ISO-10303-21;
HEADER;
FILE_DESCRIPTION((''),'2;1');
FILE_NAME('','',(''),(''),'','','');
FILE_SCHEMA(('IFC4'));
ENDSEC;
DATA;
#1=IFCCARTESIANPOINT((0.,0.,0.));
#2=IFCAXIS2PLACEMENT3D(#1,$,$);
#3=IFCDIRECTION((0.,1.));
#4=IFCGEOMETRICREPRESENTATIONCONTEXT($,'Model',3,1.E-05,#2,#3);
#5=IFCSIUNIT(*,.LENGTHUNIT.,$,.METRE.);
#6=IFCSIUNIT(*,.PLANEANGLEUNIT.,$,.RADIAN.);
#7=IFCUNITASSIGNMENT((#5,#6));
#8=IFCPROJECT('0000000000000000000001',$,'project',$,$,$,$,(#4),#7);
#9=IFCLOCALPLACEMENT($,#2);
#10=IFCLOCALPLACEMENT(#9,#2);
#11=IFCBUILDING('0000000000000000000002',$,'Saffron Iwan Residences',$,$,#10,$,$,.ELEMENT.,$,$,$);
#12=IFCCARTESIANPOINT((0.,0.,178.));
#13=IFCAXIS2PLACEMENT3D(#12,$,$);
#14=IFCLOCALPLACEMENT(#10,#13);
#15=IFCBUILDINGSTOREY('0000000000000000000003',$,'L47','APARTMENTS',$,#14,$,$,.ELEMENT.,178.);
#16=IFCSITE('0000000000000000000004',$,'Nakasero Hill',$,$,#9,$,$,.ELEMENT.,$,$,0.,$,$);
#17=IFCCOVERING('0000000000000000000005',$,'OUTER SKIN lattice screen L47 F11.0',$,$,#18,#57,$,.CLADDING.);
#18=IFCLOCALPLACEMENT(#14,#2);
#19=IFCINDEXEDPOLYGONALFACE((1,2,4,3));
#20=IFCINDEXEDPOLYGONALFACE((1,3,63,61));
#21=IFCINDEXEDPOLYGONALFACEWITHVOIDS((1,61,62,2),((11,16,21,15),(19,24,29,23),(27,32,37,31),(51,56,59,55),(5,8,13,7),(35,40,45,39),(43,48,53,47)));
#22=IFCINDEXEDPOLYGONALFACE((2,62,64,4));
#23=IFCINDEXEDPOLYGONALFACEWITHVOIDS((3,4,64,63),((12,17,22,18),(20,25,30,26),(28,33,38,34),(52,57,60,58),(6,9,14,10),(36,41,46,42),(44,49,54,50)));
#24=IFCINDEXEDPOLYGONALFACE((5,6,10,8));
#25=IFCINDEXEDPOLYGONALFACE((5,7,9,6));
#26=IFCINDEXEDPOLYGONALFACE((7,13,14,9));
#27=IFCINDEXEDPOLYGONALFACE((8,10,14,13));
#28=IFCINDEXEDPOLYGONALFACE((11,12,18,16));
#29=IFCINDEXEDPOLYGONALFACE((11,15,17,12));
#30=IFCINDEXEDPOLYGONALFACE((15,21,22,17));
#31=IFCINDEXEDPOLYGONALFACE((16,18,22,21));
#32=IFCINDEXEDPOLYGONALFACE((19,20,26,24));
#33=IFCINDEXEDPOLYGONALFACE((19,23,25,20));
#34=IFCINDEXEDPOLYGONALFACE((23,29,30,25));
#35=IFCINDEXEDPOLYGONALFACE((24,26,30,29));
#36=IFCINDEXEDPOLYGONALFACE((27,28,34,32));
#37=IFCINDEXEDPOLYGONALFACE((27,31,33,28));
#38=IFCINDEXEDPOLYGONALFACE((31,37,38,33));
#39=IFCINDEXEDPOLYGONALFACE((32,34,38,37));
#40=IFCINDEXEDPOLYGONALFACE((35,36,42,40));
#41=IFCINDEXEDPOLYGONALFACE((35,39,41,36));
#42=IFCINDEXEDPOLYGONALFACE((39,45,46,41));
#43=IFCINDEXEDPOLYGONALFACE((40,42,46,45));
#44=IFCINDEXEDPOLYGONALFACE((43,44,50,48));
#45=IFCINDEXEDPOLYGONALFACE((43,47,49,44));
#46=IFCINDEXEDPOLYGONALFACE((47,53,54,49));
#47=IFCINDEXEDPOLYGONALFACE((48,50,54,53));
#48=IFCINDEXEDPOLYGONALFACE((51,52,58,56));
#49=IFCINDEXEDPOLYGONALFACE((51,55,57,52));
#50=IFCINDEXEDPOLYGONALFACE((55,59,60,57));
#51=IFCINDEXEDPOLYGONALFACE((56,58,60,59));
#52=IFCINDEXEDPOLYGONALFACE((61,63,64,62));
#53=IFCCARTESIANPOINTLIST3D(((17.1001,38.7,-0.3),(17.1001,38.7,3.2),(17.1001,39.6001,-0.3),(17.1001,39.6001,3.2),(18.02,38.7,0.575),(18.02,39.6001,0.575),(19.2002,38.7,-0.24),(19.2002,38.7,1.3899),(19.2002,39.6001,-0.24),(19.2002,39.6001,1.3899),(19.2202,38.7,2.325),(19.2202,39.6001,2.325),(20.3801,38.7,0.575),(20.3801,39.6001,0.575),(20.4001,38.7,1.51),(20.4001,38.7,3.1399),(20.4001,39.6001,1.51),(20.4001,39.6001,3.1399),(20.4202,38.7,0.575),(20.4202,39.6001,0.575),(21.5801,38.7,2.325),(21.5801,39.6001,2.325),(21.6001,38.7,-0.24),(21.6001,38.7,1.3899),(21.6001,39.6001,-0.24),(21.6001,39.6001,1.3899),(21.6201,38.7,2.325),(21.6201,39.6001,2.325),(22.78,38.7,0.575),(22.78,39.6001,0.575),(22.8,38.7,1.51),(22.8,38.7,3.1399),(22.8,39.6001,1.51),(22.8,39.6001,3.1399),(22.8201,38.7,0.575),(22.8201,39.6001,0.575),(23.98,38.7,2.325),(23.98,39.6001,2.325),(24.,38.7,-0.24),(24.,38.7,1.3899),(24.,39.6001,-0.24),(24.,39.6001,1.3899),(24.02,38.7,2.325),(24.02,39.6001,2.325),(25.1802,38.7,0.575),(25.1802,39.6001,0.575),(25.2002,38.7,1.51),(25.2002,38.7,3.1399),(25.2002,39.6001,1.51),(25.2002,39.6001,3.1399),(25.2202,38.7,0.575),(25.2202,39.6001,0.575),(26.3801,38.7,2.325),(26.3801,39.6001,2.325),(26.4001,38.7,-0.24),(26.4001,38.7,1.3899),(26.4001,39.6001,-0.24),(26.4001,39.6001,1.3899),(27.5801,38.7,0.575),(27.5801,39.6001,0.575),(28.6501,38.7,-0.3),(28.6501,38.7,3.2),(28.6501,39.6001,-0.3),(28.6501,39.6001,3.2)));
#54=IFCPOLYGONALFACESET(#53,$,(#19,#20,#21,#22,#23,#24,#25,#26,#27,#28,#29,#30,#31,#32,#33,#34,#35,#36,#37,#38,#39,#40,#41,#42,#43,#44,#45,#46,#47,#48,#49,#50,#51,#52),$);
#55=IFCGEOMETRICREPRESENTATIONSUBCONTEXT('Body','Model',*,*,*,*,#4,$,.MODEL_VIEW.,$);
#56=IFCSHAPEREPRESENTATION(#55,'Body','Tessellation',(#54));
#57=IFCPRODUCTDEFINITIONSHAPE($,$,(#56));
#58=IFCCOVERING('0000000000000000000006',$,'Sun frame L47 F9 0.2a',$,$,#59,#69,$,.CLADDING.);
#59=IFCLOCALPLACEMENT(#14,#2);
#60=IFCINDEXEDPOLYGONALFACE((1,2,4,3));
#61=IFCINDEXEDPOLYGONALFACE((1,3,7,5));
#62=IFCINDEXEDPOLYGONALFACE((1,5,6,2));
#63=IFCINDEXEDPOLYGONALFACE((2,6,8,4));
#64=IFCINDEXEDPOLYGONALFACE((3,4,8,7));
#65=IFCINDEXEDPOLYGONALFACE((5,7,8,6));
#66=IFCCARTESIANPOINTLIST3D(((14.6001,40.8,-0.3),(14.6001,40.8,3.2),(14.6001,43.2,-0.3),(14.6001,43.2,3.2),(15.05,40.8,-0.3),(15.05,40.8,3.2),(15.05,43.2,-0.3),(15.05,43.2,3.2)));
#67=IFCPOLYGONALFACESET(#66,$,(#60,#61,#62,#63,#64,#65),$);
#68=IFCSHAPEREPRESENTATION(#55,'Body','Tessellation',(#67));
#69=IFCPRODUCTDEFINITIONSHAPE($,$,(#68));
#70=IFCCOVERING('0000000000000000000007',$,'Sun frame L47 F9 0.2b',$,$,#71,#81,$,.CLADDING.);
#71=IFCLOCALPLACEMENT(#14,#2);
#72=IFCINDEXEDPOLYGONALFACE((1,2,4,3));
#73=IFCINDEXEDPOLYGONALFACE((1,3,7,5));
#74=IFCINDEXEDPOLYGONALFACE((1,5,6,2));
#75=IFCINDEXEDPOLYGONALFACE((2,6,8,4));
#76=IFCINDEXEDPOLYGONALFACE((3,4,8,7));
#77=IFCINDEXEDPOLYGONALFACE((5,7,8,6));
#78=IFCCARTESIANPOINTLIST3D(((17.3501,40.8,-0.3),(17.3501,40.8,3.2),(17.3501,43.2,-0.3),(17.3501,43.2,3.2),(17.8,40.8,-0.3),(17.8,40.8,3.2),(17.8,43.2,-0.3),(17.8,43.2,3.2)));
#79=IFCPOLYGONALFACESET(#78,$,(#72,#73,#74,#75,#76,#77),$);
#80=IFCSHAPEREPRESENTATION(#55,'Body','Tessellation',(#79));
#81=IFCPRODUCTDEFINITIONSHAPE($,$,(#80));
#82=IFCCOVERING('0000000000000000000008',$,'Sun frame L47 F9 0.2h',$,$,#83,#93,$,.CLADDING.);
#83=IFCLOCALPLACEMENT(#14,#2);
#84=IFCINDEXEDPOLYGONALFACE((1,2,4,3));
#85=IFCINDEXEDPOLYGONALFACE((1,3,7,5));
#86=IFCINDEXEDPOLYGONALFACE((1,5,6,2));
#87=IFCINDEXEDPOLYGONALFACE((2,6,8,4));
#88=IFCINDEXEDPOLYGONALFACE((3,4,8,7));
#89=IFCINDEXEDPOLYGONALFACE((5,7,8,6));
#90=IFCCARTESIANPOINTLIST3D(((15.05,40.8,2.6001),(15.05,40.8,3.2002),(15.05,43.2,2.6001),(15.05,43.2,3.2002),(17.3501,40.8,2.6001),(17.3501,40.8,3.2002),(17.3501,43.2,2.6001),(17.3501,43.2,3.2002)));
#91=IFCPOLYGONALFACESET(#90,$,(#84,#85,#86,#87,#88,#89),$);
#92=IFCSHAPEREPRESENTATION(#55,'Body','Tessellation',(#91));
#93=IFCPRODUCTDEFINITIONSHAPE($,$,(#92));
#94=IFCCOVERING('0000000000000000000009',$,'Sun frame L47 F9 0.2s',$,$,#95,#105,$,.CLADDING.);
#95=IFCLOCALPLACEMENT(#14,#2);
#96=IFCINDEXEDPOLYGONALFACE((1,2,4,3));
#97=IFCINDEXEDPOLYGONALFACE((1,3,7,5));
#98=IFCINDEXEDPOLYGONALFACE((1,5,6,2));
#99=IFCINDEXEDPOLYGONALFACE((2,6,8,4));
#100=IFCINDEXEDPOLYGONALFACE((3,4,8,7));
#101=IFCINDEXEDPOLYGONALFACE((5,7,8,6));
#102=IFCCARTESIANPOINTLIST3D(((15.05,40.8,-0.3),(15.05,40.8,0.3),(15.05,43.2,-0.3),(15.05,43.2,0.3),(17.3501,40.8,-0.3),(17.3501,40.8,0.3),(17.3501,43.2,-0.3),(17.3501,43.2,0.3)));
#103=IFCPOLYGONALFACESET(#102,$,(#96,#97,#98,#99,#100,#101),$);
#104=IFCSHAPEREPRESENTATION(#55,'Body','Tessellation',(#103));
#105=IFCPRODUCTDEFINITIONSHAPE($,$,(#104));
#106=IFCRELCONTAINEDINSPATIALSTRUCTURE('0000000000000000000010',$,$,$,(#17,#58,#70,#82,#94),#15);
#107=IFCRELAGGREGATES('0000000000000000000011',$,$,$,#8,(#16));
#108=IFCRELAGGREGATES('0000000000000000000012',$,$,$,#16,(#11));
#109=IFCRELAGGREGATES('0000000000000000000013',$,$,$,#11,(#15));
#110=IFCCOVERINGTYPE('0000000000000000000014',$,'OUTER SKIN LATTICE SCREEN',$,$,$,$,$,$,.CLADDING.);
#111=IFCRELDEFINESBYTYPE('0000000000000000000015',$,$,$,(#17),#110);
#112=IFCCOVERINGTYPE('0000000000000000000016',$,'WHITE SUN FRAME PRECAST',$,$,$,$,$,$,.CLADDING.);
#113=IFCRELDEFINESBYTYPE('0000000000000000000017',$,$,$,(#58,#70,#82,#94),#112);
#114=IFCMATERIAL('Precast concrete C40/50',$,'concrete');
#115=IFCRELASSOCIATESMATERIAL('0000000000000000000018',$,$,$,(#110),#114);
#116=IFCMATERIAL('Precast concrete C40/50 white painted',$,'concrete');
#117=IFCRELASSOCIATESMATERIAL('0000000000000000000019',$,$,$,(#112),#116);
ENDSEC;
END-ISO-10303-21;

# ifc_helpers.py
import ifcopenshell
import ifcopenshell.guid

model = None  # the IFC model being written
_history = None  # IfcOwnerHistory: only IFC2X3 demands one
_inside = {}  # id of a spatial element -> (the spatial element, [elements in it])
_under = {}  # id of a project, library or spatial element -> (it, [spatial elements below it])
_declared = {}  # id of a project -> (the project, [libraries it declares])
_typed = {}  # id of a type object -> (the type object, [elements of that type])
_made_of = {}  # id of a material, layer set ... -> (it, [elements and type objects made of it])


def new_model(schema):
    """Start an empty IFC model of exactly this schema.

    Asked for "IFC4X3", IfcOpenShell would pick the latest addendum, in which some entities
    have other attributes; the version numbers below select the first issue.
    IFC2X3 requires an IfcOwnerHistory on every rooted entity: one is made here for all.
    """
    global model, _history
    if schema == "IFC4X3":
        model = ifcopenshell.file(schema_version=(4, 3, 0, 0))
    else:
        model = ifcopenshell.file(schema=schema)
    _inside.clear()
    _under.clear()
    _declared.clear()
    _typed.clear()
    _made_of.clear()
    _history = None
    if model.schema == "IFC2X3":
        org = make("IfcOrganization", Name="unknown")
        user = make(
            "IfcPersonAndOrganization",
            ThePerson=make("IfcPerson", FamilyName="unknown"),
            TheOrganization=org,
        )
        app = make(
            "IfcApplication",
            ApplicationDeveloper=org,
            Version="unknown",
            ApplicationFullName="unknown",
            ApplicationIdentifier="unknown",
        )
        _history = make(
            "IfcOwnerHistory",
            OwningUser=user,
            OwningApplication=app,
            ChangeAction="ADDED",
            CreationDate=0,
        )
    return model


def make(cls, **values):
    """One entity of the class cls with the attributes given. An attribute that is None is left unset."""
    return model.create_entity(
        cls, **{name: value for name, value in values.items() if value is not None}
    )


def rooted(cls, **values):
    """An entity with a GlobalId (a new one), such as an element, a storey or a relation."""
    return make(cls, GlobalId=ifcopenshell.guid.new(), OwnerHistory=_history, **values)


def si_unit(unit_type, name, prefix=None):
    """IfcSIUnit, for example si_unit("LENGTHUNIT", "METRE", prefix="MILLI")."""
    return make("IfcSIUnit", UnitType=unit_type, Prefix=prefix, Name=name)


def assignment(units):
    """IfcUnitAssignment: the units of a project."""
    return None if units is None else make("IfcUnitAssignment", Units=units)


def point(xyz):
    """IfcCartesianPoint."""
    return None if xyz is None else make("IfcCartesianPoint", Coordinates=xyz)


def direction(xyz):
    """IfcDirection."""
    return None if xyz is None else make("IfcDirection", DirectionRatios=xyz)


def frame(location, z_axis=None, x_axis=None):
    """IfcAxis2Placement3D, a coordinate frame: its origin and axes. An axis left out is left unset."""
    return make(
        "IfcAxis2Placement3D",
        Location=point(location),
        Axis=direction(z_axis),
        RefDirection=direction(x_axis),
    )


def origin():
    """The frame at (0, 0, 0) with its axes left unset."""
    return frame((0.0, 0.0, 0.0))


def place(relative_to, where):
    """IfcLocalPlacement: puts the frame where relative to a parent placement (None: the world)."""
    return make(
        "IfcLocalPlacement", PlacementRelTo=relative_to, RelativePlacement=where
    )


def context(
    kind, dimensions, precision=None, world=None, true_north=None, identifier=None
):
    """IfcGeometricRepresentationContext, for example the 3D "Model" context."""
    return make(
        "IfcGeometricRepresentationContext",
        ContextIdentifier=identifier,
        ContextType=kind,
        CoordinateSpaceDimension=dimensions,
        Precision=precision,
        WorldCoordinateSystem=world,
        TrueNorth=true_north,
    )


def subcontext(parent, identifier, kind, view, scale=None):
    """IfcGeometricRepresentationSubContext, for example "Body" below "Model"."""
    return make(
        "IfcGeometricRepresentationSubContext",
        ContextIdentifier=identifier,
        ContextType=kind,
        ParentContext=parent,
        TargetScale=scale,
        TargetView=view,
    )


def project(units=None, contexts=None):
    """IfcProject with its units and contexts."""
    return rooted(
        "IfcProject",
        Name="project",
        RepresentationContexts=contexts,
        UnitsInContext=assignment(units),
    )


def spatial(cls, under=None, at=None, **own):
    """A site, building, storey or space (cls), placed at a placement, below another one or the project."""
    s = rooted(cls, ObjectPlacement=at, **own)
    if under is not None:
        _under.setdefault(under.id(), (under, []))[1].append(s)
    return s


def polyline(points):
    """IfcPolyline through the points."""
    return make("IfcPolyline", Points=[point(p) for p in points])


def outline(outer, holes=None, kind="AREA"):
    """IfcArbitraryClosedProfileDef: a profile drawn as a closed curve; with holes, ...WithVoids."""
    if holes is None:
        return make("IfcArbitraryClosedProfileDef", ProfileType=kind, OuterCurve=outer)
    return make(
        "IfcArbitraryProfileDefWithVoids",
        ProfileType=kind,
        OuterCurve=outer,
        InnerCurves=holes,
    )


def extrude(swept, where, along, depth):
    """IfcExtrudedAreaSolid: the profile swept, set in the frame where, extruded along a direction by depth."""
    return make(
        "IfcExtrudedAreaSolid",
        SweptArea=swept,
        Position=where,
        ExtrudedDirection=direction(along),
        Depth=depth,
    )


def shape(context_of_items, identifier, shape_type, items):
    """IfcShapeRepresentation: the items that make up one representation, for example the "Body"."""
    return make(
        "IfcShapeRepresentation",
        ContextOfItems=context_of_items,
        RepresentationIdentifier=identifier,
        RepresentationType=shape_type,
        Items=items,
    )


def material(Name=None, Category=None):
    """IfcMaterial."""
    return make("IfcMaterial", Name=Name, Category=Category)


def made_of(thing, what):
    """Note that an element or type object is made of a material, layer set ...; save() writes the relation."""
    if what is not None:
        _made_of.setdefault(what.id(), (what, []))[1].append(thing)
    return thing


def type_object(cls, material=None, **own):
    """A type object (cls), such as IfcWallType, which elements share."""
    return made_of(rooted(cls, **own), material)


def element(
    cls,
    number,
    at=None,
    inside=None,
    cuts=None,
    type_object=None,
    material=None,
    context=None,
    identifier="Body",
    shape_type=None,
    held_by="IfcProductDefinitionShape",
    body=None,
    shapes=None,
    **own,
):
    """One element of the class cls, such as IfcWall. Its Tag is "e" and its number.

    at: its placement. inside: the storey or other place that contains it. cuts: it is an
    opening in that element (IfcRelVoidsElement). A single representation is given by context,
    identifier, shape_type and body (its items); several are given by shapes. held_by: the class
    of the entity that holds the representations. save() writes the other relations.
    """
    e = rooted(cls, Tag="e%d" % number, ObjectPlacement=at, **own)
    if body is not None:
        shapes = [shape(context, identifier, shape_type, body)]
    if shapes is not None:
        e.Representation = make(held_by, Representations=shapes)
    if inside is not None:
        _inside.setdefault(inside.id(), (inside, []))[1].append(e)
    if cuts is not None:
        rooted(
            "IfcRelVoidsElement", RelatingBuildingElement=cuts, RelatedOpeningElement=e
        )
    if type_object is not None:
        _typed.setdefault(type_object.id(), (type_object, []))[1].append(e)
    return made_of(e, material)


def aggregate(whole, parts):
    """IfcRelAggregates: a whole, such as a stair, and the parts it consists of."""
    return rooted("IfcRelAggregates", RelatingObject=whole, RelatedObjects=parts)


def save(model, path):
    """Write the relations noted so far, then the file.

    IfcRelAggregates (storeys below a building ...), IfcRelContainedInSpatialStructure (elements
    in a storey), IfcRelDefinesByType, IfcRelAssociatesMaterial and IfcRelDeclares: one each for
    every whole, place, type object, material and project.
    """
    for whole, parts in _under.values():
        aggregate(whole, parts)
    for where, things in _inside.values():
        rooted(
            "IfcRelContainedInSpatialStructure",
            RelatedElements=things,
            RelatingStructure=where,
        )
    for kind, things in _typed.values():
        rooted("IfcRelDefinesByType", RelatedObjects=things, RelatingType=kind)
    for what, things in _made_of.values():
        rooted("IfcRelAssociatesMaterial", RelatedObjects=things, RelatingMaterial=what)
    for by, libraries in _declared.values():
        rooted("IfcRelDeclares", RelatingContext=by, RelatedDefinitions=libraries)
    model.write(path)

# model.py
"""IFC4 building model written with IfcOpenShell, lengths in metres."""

from ifc_helpers import new_model, si_unit, direction, frame, origin, place, context, subcontext, project, spatial, polyline, outline, extrude, material, type_object, element, save


model = new_model("IFC4")

# Units and contexts
model_context = context("Model", 3, precision=1e-05, world=origin(), true_north=direction((0.0, 1.0)))
body_context = subcontext(model_context, "Body", "Model", "MODEL_VIEW")
ifc_project = project(units=[si_unit("LENGTHUNIT", "METRE"), si_unit("PLANEANGLEUNIT", "RADIAN")], contexts=[model_context])

# Site, building, storey
site_placement = place(None, origin())
site = spatial("IfcSite", under=ifc_project, at=site_placement, Name="Nakasero Hill", CompositionType="ELEMENT", RefElevation=0.0)
building_placement = place(site_placement, origin())
building = spatial("IfcBuilding", under=site, at=building_placement, Name="Saffron Iwan Residences", CompositionType="ELEMENT")
storey_placement = place(building_placement, frame((0.0, 0.0, 178.0)))
storey = spatial("IfcBuildingStorey", under=building, at=storey_placement, Name="L47", Description="APARTMENTS", CompositionType="ELEMENT", Elevation=178.0)

# Coverings
ifc_material_1 = material(Name="Precast concrete C40/50", Category="concrete")
covering_type_1 = type_object("IfcCoveringType", Name="OUTER SKIN LATTICE SCREEN", PredefinedType="CLADDING", material=ifc_material_1)
covering_1_placement = place(storey_placement, frame((17.1001, 39.6001, -0.3), z_axis=(0.0, -1.0, 0.0), x_axis=(1.0, 0.0, 0.0)))
element("IfcCovering", 1, at=covering_1_placement, inside=storey, type_object=covering_type_1, Name="OUTER SKIN lattice screen L47 F11.0", PredefinedType="CLADDING", context=body_context, shape_type="SweptSolid", body=[
    extrude(outline(polyline([(0.0, 0.0), (11.55, 0.0), (11.55, 3.5), (0.0, 3.5), (0.0, 0.0)]), holes=[polyline([(0.9199, 0.875), (2.1001, 0.0601), (3.28, 0.875), (2.1001, 1.6899), (0.9199, 0.875)]), polyline([(3.3201, 0.875), (4.5, 0.0601), (5.6799, 0.875), (4.5, 1.6899), (3.3201, 0.875)]), polyline([(5.72, 0.875), (6.8999, 0.0601), (8.0801, 0.875), (6.8999, 1.6899), (5.72, 0.875)]), polyline([(8.1201, 0.875), (9.3, 0.0601), (10.48, 0.875), (9.3, 1.6899), (8.1201, 0.875)]), polyline([(2.1201, 2.625), (3.3, 1.8101), (4.48, 2.625), (3.3, 3.4399), (2.1201, 2.625)]), polyline([(4.52, 2.625), (5.7, 1.8101), (6.8799, 2.625), (5.7, 3.4399), (4.52, 2.625)]), polyline([(6.9199, 2.625), (8.1001, 1.8101), (9.28, 2.625), (8.1001, 3.4399), (6.9199, 2.625)])]), origin(), (0.0, 0.0, 1.0), 0.9001),
])
ifc_material_2 = material(Name="Precast concrete C40/50 white painted", Category="concrete")
covering_type_2 = type_object("IfcCoveringType", Name="WHITE SUN FRAME PRECAST", PredefinedType="CLADDING", material=ifc_material_2)
for number, where, z_axis, x_axis, name in (
    (2, (14.6001, 43.2, -0.3), (0.0, -1.0, 0.0), (1.0, 0.0, 0.0), "Sun frame L47 F9 0.2a"),
    (3, (17.3501, 43.2, -0.3), (0.0, -1.0, 0.0), (1.0, 0.0, 0.0), "Sun frame L47 F9 0.2b"),
):
    element("IfcCovering", number, at=place(storey_placement, frame(where, z_axis=z_axis, x_axis=x_axis)), inside=storey, type_object=covering_type_2, Name=name, PredefinedType="CLADDING", context=body_context, shape_type="SweptSolid", body=[
        extrude(outline(polyline([(0.0, 0.0), (0.45, 0.0), (0.45, 3.5), (0.0, 3.5), (0.0, 0.0)])), origin(), (0.0, 0.0, 1.0), 2.3999),
    ])
for number, where, z_axis, x_axis, name in (
    (4, (15.05, 43.2, 2.6001), (0.0, -1.0, 0.0), (1.0, 0.0, 0.0), "Sun frame L47 F9 0.2h"),
    (5, (15.05, 43.2, -0.3), (0.0, -1.0, 0.0), (1.0, 0.0, 0.0), "Sun frame L47 F9 0.2s"),
):
    element("IfcCovering", number, at=place(storey_placement, frame(where, z_axis=z_axis, x_axis=x_axis)), inside=storey, type_object=covering_type_2, Name=name, PredefinedType="CLADDING", context=body_context, shape_type="SweptSolid", body=[
        extrude(outline(polyline([(0.0, 0.0), (2.3, 0.0), (2.3, 0.6001), (0.0, 0.6001), (0.0, 0.0)])), origin(), (0.0, 0.0, 1.0), 2.3999),
    ])

save(model, "model.ifc")
